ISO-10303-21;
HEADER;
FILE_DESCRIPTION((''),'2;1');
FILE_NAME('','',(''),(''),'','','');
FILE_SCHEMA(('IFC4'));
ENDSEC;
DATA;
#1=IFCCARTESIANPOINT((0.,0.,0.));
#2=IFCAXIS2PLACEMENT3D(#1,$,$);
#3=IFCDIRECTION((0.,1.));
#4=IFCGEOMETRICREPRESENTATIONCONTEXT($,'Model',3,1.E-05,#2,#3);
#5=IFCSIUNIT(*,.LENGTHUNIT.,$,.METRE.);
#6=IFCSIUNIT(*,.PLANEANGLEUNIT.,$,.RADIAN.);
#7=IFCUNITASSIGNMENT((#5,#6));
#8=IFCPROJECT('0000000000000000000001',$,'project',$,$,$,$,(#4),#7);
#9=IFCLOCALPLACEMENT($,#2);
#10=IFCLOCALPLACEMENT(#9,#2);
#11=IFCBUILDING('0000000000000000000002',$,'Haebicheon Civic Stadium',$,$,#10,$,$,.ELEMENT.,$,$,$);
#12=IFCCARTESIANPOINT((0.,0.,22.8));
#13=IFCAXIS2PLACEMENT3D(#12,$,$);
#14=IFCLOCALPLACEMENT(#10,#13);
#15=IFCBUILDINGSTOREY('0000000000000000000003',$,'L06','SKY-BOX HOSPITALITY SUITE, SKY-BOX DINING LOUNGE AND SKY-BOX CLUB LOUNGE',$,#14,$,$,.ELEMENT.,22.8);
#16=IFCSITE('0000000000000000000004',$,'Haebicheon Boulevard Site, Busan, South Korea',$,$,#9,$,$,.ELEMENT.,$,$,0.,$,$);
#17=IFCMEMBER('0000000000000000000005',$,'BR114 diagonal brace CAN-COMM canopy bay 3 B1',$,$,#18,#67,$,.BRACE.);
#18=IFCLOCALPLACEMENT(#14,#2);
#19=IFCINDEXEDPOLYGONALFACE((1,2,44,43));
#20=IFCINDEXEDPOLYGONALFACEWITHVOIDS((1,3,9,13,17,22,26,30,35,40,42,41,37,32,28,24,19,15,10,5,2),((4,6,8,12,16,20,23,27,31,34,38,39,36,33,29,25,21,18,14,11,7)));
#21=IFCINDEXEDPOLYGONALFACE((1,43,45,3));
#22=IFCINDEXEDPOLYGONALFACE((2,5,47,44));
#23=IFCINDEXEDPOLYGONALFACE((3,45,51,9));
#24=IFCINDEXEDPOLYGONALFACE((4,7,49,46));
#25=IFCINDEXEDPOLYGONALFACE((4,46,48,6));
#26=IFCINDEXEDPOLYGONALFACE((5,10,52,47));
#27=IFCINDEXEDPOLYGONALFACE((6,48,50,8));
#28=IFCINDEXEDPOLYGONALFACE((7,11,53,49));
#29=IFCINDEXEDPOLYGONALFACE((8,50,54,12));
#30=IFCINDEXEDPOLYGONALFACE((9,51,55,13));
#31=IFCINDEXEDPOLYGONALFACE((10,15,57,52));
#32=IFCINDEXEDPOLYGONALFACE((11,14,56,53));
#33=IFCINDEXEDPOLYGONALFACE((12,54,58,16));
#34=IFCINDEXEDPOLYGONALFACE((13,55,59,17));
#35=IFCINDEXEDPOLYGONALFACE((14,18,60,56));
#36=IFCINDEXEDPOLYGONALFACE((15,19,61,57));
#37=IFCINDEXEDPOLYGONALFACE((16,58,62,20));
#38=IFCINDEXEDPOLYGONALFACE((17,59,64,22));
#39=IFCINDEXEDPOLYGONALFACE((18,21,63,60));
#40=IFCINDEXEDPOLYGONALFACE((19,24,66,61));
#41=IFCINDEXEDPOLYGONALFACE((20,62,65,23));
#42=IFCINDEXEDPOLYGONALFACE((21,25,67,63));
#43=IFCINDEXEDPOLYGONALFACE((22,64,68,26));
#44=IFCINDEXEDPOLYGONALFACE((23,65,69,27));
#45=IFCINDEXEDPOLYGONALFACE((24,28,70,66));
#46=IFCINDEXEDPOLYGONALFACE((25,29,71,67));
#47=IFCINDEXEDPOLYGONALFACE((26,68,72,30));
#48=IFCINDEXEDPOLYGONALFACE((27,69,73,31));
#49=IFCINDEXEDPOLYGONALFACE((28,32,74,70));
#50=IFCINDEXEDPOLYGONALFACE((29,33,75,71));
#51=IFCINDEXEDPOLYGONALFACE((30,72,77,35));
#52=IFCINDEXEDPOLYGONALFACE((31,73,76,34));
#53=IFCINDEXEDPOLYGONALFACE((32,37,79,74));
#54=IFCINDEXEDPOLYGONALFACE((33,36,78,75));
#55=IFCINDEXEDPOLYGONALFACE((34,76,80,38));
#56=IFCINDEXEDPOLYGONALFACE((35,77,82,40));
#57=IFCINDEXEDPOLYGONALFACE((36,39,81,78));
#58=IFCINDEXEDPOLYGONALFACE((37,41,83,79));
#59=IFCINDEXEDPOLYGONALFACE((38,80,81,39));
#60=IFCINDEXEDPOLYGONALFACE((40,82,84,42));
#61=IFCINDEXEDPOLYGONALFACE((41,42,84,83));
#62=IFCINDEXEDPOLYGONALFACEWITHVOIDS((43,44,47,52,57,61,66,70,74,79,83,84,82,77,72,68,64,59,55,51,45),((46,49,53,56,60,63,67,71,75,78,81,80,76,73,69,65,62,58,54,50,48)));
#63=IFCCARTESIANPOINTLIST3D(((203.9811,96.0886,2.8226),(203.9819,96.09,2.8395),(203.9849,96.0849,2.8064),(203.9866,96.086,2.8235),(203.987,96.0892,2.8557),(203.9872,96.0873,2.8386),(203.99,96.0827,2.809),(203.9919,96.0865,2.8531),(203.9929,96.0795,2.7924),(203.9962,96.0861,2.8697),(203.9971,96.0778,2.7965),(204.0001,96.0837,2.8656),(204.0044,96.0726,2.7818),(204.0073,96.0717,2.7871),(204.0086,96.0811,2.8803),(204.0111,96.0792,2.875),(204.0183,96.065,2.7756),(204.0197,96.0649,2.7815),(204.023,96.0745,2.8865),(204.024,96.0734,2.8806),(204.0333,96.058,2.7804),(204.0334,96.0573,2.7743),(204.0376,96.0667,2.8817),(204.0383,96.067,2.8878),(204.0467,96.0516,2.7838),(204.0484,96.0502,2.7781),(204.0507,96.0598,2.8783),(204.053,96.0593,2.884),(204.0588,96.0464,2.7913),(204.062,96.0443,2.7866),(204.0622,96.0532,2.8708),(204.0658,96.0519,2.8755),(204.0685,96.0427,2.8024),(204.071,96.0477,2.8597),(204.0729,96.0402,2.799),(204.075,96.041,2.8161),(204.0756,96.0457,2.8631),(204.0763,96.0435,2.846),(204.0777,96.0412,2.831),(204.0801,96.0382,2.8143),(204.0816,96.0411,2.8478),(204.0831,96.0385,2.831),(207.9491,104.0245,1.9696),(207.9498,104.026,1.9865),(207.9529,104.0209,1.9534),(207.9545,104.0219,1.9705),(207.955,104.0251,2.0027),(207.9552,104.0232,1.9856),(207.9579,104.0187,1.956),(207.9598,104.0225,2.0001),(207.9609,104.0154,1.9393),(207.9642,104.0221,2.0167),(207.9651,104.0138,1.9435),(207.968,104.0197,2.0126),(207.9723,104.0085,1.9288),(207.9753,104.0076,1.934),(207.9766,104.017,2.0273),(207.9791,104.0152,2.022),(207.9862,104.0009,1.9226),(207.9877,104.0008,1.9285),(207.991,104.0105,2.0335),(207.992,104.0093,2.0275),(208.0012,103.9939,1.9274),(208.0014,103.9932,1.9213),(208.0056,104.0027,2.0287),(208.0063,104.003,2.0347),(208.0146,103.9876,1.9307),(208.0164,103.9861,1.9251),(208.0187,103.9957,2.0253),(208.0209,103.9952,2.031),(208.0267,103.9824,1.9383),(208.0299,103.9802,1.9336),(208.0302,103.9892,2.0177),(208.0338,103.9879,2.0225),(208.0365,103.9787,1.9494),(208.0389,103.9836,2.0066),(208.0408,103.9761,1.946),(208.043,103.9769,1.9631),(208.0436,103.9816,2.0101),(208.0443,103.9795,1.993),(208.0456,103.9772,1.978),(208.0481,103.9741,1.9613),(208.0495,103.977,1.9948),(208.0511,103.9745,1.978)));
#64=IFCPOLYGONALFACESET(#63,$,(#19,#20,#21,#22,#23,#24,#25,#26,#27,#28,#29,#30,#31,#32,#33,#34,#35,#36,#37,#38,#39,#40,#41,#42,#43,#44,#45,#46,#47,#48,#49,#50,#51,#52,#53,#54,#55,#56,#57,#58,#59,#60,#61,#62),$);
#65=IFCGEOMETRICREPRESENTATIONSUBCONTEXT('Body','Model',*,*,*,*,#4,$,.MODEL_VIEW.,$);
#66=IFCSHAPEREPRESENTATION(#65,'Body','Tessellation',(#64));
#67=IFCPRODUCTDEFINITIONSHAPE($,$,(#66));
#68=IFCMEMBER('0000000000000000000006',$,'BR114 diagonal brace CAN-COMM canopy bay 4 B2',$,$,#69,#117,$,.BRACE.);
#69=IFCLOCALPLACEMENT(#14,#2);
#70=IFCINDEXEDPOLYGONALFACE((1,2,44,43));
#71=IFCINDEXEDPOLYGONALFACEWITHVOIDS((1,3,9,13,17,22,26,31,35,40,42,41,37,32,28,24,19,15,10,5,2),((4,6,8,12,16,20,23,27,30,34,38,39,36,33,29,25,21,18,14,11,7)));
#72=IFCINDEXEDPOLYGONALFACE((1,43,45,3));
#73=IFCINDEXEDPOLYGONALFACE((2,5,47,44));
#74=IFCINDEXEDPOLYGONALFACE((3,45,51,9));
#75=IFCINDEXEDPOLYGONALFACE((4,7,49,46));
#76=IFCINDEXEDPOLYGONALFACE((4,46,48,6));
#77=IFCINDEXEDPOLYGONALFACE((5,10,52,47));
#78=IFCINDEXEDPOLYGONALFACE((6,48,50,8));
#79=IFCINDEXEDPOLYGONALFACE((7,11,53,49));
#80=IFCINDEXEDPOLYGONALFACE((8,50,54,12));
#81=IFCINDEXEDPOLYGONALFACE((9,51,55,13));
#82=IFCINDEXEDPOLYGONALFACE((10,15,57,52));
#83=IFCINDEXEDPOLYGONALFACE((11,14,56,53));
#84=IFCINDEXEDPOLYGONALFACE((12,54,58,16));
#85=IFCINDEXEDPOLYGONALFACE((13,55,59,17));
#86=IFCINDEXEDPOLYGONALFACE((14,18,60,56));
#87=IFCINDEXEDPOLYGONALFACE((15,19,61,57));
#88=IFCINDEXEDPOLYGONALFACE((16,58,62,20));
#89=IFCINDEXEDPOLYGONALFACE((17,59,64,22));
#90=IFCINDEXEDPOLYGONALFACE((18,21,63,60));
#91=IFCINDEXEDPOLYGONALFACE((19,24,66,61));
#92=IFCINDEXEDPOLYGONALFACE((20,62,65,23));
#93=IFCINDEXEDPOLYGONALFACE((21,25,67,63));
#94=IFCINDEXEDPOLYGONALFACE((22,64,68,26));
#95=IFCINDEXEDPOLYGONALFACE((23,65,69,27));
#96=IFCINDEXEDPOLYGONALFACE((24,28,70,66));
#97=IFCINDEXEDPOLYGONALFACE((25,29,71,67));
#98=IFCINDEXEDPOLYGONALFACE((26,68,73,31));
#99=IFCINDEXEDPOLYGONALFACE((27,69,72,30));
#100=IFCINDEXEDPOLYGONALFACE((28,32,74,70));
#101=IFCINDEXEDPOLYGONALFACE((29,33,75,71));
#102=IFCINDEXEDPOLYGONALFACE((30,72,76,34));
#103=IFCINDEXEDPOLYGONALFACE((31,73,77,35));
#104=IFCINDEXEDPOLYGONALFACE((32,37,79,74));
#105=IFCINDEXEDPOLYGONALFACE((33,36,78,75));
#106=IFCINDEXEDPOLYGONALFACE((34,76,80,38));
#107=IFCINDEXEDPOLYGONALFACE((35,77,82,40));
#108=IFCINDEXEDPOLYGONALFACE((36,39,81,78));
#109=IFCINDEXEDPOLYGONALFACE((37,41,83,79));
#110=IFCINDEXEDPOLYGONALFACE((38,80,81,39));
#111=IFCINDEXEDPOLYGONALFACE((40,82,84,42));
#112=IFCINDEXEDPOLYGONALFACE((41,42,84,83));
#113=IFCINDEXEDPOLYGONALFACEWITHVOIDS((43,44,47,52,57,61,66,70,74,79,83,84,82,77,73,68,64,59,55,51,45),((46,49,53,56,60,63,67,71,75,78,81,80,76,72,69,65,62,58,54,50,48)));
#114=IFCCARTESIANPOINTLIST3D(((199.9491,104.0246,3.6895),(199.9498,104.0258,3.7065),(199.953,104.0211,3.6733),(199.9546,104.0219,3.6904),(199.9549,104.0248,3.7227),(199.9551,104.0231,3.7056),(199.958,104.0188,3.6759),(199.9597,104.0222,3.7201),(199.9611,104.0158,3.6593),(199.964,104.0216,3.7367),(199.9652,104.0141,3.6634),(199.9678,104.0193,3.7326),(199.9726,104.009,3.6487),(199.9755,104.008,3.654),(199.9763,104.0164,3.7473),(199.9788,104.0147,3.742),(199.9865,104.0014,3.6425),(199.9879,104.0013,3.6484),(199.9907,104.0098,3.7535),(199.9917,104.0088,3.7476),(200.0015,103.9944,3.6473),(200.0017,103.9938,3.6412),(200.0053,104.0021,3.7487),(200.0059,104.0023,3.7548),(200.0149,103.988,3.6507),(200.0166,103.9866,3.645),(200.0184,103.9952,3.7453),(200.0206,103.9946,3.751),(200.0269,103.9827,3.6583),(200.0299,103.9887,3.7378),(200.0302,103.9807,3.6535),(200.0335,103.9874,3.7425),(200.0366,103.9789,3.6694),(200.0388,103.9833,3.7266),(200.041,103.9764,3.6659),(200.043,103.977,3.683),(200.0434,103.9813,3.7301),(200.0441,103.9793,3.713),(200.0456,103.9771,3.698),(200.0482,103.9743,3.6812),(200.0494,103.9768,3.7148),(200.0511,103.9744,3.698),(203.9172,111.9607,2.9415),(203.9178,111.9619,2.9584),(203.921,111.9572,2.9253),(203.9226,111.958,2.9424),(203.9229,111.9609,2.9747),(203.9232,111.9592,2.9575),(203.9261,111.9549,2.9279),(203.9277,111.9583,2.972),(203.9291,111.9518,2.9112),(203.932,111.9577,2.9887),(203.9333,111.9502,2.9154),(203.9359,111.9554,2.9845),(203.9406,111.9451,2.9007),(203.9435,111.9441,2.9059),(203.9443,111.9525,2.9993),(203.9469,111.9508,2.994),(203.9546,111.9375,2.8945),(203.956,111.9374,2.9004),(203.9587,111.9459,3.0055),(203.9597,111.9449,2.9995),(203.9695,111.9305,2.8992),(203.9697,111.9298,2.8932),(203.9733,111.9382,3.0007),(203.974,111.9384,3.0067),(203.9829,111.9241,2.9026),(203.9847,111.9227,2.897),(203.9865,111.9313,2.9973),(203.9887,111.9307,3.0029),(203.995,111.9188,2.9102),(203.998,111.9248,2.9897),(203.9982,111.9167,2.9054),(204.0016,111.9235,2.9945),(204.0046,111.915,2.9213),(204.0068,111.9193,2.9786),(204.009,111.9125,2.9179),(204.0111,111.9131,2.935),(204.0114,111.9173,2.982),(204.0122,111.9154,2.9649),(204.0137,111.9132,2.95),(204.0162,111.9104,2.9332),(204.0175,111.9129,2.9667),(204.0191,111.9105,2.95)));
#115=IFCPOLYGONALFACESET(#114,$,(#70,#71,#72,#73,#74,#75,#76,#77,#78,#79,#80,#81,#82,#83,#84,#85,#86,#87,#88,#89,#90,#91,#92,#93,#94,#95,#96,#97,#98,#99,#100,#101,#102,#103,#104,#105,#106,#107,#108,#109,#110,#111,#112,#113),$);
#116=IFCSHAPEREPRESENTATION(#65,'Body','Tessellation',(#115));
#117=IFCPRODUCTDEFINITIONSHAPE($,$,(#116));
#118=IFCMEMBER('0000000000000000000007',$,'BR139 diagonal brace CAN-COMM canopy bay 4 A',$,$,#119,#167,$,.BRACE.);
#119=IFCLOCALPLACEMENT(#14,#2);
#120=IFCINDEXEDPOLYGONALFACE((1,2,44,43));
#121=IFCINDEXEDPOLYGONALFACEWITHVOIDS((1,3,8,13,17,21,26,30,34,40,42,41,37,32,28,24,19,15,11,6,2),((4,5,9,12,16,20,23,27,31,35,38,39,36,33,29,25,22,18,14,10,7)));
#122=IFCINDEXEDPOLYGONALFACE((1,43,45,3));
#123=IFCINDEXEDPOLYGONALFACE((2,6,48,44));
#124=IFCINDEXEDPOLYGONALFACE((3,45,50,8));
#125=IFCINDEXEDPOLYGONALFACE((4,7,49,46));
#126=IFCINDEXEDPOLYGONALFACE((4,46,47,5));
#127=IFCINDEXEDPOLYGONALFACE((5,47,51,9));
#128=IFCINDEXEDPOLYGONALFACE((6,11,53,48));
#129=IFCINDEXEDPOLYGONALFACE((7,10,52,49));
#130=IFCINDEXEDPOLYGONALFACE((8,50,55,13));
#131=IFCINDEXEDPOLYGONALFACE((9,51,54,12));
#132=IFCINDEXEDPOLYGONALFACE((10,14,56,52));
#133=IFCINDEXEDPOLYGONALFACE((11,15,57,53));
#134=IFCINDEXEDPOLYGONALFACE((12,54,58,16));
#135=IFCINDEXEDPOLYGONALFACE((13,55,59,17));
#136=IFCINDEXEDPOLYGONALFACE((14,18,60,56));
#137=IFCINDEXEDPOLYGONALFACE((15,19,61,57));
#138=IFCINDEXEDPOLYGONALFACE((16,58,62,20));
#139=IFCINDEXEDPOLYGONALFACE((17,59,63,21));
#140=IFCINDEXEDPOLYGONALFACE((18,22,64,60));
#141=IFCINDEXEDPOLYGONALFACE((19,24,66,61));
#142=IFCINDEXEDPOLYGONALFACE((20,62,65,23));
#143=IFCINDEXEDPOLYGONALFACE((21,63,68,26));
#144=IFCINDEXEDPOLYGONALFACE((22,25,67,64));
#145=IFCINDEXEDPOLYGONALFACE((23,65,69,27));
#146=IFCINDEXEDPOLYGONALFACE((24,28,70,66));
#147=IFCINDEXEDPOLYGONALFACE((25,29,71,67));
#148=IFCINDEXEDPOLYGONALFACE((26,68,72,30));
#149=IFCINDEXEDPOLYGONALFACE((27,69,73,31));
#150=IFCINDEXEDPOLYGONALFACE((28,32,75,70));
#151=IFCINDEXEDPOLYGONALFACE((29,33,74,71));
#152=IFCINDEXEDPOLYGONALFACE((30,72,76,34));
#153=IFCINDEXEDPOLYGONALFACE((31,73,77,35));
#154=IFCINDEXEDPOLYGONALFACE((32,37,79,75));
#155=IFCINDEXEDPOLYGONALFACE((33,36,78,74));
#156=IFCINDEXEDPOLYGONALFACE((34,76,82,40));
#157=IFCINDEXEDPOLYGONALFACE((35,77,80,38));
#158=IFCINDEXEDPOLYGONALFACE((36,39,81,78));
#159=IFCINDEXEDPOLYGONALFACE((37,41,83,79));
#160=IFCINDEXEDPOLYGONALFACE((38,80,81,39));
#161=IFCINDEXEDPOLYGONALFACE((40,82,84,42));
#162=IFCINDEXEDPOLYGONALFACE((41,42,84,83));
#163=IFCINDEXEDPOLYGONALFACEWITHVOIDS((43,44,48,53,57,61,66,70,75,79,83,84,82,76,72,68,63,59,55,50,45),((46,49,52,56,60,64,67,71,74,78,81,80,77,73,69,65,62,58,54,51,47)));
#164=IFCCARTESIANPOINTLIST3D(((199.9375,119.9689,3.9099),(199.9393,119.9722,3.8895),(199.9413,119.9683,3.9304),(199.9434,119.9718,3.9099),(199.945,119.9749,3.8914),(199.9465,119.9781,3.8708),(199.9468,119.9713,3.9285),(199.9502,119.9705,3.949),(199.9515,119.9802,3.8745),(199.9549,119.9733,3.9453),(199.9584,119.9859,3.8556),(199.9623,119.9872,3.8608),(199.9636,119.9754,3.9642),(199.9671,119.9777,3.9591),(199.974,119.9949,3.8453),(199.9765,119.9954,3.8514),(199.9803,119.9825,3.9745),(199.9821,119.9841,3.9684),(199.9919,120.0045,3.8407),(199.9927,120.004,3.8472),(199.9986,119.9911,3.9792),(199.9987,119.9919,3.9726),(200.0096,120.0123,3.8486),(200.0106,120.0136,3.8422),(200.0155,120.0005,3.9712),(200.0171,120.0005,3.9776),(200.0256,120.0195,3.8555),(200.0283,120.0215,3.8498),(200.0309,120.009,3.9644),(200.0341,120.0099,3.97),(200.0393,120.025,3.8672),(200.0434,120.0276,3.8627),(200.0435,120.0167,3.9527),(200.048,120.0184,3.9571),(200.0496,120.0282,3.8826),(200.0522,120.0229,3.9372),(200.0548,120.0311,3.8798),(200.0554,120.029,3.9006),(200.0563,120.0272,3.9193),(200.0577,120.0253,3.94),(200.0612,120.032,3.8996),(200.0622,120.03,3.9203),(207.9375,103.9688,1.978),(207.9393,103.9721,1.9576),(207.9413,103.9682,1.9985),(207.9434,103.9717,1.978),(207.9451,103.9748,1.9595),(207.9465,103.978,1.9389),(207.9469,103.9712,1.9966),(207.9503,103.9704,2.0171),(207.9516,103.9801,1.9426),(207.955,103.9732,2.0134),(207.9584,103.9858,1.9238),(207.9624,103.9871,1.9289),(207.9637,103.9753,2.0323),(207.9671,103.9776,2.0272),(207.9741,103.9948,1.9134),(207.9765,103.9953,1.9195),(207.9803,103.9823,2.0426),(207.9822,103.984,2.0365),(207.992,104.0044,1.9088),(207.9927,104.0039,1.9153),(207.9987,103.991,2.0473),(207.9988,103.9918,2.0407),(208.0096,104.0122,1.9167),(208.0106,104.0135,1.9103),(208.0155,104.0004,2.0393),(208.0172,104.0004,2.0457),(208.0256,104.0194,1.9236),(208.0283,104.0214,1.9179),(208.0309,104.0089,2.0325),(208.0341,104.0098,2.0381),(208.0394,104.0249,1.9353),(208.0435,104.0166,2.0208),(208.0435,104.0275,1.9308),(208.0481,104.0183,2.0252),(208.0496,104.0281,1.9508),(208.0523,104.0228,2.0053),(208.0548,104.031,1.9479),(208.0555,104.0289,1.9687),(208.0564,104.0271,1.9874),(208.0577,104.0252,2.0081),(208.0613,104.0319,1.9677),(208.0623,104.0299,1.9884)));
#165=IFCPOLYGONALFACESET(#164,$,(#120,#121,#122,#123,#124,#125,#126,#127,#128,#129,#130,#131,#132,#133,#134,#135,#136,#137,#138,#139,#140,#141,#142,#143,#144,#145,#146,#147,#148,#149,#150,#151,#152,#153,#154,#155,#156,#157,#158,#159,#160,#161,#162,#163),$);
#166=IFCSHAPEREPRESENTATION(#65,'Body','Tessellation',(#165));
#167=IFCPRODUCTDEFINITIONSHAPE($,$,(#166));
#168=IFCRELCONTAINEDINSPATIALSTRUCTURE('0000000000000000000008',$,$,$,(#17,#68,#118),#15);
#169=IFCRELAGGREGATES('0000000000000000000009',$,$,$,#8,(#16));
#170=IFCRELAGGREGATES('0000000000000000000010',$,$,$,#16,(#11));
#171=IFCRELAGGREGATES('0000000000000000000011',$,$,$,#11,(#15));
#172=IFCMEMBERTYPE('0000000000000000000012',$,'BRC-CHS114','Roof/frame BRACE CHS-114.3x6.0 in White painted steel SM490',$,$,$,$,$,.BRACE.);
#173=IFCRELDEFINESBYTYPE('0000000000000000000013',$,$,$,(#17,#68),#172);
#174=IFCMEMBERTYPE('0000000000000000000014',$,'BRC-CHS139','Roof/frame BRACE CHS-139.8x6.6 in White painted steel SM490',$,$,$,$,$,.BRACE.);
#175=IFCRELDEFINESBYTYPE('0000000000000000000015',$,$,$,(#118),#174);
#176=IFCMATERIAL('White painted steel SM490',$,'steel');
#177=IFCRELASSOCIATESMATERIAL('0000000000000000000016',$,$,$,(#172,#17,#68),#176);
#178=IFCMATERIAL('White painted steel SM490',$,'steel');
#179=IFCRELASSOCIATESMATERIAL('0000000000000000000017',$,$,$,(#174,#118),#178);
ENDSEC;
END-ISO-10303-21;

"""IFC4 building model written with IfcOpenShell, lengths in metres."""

from ifc_helpers import new_model, si_unit, direction, frame, origin, origin_2d, place, context, subcontext, project, spatial, hollow_circle, extrude, material, material_profile, profile_set, type_object, element, save


model = new_model("IFC4")

# Units and contexts
model_context = context("Model", 3, precision=1e-05, world=origin(), true_north=direction((0.0, 1.0)))
body_context = subcontext(model_context, "Body", "Model", "MODEL_VIEW")
ifc_project = project(units=[si_unit("LENGTHUNIT", "METRE"), si_unit("PLANEANGLEUNIT", "RADIAN")], contexts=[model_context])

# Site, building, storey
site_placement = place(None, origin())
site = spatial("IfcSite", under=ifc_project, at=site_placement, Name="Haebicheon Boulevard Site, Busan, South Korea", CompositionType="ELEMENT", RefElevation=0.0)
building_placement = place(site_placement, origin())
building = spatial("IfcBuilding", under=site, at=building_placement, Name="Haebicheon Civic Stadium", CompositionType="ELEMENT")
storey_placement = place(building_placement, frame((0.0, 0.0, 22.8)))
storey = spatial("IfcBuildingStorey", under=building, at=storey_placement, Name="L06", Description="SKY-BOX HOSPITALITY SUITE, SKY-BOX DINING LOUNGE AND SKY-BOX CLUB LOUNGE", CompositionType="ELEMENT", Elevation=22.8)

# Members
ifc_material_1 = material(Name="White painted steel SM490", Category="steel")
ifc_material_profile_1 = material_profile(ifc_material_1, hollow_circle(Radius=0.0571, WallThickness=0.0061, at=origin_2d()), Name="CHS-114.3x6.0")
ifc_profile_set_1 = profile_set([ifc_material_profile_1], Name="White painted steel SM490")
member_type_1 = type_object("IfcMemberType", Name="BRC-CHS114", Description="Roof/frame BRACE CHS-114.3x6.0 in White painted steel SM490", PredefinedType="BRACE", material=ifc_profile_set_1)
member_1_placement = place(storey_placement, frame((208.0, 104.0, 1.978), z_axis=(-0.445161, -0.890322, 0.095699), x_axis=(0.894427, -0.447214, 0.0)))
element("IfcMember", 1, at=member_1_placement, inside=storey, type_object=member_type_1, material=ifc_profile_set_1, Name="BR114 diagonal brace CAN-COMM canopy bay 3 B1", PredefinedType="BRACE", context=body_context, shape_type="SweptSolid", body=[
    extrude(hollow_circle(Radius=0.0571, WallThickness=0.0061, at=origin_2d()), origin(), (0.0, 0.0, 1.0), 8.9136),
])
member_2_placement = place(storey_placement, frame((203.968, 111.936, 2.95), z_axis=(-0.445633, -0.891265, 0.08401), x_axis=(0.894427, -0.447214, 0.0)))
element("IfcMember", 2, at=member_2_placement, inside=storey, type_object=member_type_1, material=ifc_profile_set_1, Name="BR114 diagonal brace CAN-COMM canopy bay 4 B2", PredefinedType="BRACE", context=body_context, shape_type="SweptSolid", body=[
    extrude(hollow_circle(Radius=0.0571, WallThickness=0.0061, at=origin_2d()), origin(), (0.0, 0.0, 1.0), 8.9043),
])
ifc_material_2 = material(Name="White painted steel SM490", Category="steel")
ifc_material_profile_2 = material_profile(ifc_material_2, hollow_circle(Radius=0.0698, WallThickness=0.0066, at=origin_2d()), Name="CHS-139.8x6.6")
ifc_profile_set_2 = profile_set([ifc_material_profile_2], Name="White painted steel SM490")
member_type_2 = type_object("IfcMemberType", Name="BRC-CHS139", Description="Roof/frame BRACE CHS-139.8x6.6 in White painted steel SM490", PredefinedType="BRACE", material=ifc_profile_set_2)
member_3_placement = place(storey_placement, frame((208.0, 104.0, 1.978), z_axis=(-0.444628, 0.889256, 0.107371), x_axis=(-0.894427, -0.447214, 0.0)))
element("IfcMember", 3, at=member_3_placement, inside=storey, type_object=member_type_2, material=ifc_profile_set_2, Name="BR139 diagonal brace CAN-COMM canopy bay 4 A", PredefinedType="BRACE", context=body_context, shape_type="SweptSolid", body=[
    extrude(hollow_circle(Radius=0.0698, WallThickness=0.0066, at=origin_2d()), origin(), (0.0, 0.0, 1.0), 17.9927),
])

save(model, "model.ifc")
